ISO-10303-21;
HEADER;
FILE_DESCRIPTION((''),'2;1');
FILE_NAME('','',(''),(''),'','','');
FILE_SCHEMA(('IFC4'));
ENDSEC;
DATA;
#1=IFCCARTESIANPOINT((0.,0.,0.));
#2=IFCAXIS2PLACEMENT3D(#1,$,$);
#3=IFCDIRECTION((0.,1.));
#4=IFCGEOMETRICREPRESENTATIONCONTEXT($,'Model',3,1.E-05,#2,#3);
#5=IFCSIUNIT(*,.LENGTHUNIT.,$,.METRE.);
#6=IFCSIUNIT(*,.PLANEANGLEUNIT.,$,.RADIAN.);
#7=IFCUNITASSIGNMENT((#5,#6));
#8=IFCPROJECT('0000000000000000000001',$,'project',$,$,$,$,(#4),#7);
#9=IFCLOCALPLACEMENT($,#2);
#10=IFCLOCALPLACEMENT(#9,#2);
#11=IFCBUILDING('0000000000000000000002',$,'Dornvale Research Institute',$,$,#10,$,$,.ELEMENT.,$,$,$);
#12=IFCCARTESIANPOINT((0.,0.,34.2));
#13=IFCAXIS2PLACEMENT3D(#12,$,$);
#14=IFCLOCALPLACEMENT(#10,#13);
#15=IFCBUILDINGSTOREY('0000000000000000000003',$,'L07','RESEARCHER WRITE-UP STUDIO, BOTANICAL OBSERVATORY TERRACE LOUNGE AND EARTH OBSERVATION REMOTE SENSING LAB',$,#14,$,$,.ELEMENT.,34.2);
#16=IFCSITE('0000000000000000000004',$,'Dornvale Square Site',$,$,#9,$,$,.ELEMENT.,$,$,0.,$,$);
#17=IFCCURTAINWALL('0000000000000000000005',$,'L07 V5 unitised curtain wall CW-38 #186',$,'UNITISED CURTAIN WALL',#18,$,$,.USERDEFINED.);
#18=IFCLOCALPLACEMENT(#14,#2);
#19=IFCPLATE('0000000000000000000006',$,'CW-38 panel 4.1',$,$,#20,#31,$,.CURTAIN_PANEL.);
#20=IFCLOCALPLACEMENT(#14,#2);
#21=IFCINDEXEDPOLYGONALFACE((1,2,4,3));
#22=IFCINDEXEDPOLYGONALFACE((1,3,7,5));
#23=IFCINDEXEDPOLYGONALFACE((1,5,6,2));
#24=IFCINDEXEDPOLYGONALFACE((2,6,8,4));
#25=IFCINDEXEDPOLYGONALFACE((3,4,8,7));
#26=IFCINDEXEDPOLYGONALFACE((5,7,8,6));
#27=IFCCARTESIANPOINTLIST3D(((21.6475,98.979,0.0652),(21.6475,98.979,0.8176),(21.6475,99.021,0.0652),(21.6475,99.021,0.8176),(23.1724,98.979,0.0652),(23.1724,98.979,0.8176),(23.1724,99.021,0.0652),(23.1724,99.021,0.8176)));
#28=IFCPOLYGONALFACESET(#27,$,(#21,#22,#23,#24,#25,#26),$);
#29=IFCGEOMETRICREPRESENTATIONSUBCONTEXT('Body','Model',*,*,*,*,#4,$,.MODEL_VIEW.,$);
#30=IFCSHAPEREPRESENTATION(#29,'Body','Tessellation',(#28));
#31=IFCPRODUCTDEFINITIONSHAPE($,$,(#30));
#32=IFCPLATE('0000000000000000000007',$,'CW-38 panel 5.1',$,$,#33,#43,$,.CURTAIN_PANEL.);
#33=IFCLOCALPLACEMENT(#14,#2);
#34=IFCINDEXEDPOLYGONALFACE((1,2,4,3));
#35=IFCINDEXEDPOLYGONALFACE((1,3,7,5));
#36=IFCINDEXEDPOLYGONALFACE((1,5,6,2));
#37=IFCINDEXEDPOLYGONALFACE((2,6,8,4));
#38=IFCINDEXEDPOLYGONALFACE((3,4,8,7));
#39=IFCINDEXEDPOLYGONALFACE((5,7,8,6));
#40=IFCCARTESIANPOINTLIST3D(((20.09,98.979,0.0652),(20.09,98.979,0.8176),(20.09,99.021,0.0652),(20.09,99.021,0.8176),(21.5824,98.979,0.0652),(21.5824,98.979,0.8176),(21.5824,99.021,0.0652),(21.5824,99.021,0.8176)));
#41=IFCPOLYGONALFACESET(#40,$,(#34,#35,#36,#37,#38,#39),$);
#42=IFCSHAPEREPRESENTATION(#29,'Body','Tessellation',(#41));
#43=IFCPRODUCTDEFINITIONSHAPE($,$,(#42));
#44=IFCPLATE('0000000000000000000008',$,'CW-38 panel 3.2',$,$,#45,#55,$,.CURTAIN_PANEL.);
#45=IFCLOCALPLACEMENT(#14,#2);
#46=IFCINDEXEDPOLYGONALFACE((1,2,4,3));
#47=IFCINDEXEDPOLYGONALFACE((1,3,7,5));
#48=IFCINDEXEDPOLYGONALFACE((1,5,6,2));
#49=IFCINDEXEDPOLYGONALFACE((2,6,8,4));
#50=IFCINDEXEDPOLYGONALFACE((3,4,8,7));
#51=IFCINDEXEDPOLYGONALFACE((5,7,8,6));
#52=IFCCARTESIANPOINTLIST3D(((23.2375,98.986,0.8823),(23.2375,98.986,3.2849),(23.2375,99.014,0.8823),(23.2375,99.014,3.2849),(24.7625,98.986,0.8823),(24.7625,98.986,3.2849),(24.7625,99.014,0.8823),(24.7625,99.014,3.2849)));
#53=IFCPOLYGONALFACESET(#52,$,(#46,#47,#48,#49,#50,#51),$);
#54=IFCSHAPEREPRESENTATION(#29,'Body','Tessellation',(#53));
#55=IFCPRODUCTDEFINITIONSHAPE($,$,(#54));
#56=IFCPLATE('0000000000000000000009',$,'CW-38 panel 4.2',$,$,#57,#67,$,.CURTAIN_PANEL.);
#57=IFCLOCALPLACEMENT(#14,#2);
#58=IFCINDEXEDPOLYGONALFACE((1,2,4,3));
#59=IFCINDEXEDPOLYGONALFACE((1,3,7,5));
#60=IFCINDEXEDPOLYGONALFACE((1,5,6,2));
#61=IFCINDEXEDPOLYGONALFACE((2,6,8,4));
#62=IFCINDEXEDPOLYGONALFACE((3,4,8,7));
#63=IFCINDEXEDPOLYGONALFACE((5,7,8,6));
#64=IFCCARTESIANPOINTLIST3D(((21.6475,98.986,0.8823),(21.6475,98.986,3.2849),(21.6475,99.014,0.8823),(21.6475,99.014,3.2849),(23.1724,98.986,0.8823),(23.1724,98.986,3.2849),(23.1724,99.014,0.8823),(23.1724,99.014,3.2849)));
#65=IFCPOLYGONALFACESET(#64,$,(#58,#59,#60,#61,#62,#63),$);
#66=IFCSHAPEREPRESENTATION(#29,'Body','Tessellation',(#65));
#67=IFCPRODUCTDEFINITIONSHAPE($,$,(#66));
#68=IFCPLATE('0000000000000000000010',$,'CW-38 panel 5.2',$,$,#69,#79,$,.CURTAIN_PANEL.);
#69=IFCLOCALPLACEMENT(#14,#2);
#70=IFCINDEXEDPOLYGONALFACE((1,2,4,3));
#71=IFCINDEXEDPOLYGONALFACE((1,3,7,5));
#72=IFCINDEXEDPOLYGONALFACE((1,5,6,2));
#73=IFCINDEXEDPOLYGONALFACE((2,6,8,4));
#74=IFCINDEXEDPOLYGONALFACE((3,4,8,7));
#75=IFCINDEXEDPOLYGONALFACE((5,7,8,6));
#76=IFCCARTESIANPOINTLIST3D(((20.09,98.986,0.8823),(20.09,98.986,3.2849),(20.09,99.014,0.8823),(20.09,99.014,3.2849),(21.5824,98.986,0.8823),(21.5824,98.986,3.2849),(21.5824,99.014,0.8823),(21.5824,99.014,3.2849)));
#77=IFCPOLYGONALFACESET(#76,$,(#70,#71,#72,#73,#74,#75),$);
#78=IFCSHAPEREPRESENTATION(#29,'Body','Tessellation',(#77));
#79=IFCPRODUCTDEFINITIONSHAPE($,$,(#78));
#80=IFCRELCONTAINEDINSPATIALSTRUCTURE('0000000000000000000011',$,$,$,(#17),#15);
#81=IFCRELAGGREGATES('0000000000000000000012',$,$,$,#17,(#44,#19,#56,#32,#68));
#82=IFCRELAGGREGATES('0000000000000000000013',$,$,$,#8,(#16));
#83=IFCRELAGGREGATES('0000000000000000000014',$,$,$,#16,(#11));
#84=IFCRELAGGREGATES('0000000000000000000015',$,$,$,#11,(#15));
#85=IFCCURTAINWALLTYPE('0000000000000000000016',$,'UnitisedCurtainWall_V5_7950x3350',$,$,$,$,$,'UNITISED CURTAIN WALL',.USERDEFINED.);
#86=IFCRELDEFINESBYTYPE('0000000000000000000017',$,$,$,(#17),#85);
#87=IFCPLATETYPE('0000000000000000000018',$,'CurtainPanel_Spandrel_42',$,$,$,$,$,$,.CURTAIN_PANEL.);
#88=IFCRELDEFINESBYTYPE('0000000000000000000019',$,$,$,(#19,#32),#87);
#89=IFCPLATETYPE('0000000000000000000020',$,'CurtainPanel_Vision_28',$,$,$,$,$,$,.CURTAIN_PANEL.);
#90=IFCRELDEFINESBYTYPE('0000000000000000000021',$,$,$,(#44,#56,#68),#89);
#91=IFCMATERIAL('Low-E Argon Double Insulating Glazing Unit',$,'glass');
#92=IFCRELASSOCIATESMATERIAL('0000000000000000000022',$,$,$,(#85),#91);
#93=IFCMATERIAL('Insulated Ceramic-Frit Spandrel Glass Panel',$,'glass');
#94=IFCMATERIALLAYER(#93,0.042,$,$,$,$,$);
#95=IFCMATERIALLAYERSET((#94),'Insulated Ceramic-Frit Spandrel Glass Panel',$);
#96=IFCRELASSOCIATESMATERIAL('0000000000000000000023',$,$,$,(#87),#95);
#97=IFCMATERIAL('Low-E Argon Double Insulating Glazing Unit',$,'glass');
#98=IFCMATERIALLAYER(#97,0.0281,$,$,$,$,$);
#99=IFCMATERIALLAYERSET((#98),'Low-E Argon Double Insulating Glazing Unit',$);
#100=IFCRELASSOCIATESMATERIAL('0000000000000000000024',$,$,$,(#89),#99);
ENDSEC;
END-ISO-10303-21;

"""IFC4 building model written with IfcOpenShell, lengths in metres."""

from ifc_helpers import new_model, si_unit, direction, frame, origin, origin_2d, place, context, subcontext, project, spatial, rectangle, extrude, material, layer, layer_set, type_object, element, aggregate, save


model = new_model("IFC4")

# Units and contexts
model_context = context("Model", 3, precision=1e-05, world=origin(), true_north=direction((0.0, 1.0)))
body_context = subcontext(model_context, "Body", "Model", "MODEL_VIEW")
ifc_project = project(units=[si_unit("LENGTHUNIT", "METRE"), si_unit("PLANEANGLEUNIT", "RADIAN")], contexts=[model_context])

# Site, building, storey
site_placement = place(None, origin())
site = spatial("IfcSite", under=ifc_project, at=site_placement, Name="Dornvale Square Site", CompositionType="ELEMENT", RefElevation=0.0)
building_placement = place(site_placement, origin())
building = spatial("IfcBuilding", under=site, at=building_placement, Name="Dornvale Research Institute", CompositionType="ELEMENT")
storey_placement = place(building_placement, frame((0.0, 0.0, 34.2)))
storey = spatial("IfcBuildingStorey", under=building, at=storey_placement, Name="L07", Description="RESEARCHER WRITE-UP STUDIO, BOTANICAL OBSERVATORY TERRACE LOUNGE AND EARTH OBSERVATION REMOTE SENSING LAB", CompositionType="ELEMENT", Elevation=34.2)

# Curtain wall, plates
ifc_material_1 = material(Name="Low-E Argon Double Insulating Glazing Unit", Category="glass")
curtain_wall_type = type_object("IfcCurtainWallType", Name="UnitisedCurtainWall_V5_7950x3350", ElementType="UNITISED CURTAIN WALL", PredefinedType="USERDEFINED", material=ifc_material_1)
curtain_wall_placement = place(storey_placement, origin())
curtain_wall = element("IfcCurtainWall", 1, at=curtain_wall_placement, inside=storey, type_object=curtain_wall_type, Name="L07 V5 unitised curtain wall CW-38 #186", ObjectType="UNITISED CURTAIN WALL", PredefinedType="USERDEFINED")
ifc_material_2 = material(Name="Insulated Ceramic-Frit Spandrel Glass Panel", Category="glass")
ifc_layer_1 = layer(ifc_material_2, 0.042)
ifc_layer_set_1 = layer_set([ifc_layer_1], Name="Insulated Ceramic-Frit Spandrel Glass Panel")
plate_type_1 = type_object("IfcPlateType", Name="CurtainPanel_Spandrel_42", PredefinedType="CURTAIN_PANEL", material=ifc_layer_set_1)
plate_1_placement = place(storey_placement, frame((22.4099, 99.0, 0.0652), z_axis=(0.0, 0.0, 1.0), x_axis=(-1.0, 0.0, 0.0)))
plate_1 = element("IfcPlate", 2, at=plate_1_placement, type_object=plate_type_1, Name="CW-38 panel 4.1", PredefinedType="CURTAIN_PANEL", context=body_context, shape_type="SweptSolid", body=[
    extrude(rectangle(XDim=1.5249, YDim=0.042, at=origin_2d()), origin(), (0.0, 0.0, 1.0), 0.7524),
])
plate_2_placement = place(storey_placement, frame((20.8362, 99.0, 0.0652), z_axis=(0.0, 0.0, 1.0), x_axis=(-1.0, 0.0, 0.0)))
plate_2 = element("IfcPlate", 3, at=plate_2_placement, type_object=plate_type_1, Name="CW-38 panel 5.1", PredefinedType="CURTAIN_PANEL", context=body_context, shape_type="SweptSolid", body=[
    extrude(rectangle(XDim=1.4924, YDim=0.042, at=origin_2d()), origin(), (0.0, 0.0, 1.0), 0.7524),
])
ifc_material_3 = material(Name="Low-E Argon Double Insulating Glazing Unit", Category="glass")
ifc_layer_2 = layer(ifc_material_3, 0.0281)
ifc_layer_set_2 = layer_set([ifc_layer_2], Name="Low-E Argon Double Insulating Glazing Unit")
plate_type_2 = type_object("IfcPlateType", Name="CurtainPanel_Vision_28", PredefinedType="CURTAIN_PANEL", material=ifc_layer_set_2)
plate_3_placement = place(storey_placement, frame((24.0, 99.0, 0.8823), z_axis=(0.0, 0.0, 1.0), x_axis=(-1.0, 0.0, 0.0)))
plate_3 = element("IfcPlate", 4, at=plate_3_placement, type_object=plate_type_2, Name="CW-38 panel 3.2", PredefinedType="CURTAIN_PANEL", context=body_context, shape_type="SweptSolid", body=[
    extrude(rectangle(XDim=1.5249, YDim=0.0281, at=origin_2d()), origin(), (0.0, 0.0, 1.0), 2.4026),
])
plate_4_placement = place(storey_placement, frame((22.4099, 99.0, 0.8823), z_axis=(0.0, 0.0, 1.0), x_axis=(-1.0, 0.0, 0.0)))
plate_4 = element("IfcPlate", 5, at=plate_4_placement, type_object=plate_type_2, Name="CW-38 panel 4.2", PredefinedType="CURTAIN_PANEL", context=body_context, shape_type="SweptSolid", body=[
    extrude(rectangle(XDim=1.5249, YDim=0.0281, at=origin_2d()), origin(), (0.0, 0.0, 1.0), 2.4026),
])
plate_5_placement = place(storey_placement, frame((20.8362, 99.0, 0.8823), z_axis=(0.0, 0.0, 1.0), x_axis=(-1.0, 0.0, 0.0)))
plate_5 = element("IfcPlate", 6, at=plate_5_placement, type_object=plate_type_2, Name="CW-38 panel 5.2", PredefinedType="CURTAIN_PANEL", context=body_context, shape_type="SweptSolid", body=[
    extrude(rectangle(XDim=1.4924, YDim=0.0281, at=origin_2d()), origin(), (0.0, 0.0, 1.0), 2.4026),
])
aggregate(curtain_wall, [plate_3, plate_1, plate_4, plate_2, plate_5])

save(model, "model.ifc")
